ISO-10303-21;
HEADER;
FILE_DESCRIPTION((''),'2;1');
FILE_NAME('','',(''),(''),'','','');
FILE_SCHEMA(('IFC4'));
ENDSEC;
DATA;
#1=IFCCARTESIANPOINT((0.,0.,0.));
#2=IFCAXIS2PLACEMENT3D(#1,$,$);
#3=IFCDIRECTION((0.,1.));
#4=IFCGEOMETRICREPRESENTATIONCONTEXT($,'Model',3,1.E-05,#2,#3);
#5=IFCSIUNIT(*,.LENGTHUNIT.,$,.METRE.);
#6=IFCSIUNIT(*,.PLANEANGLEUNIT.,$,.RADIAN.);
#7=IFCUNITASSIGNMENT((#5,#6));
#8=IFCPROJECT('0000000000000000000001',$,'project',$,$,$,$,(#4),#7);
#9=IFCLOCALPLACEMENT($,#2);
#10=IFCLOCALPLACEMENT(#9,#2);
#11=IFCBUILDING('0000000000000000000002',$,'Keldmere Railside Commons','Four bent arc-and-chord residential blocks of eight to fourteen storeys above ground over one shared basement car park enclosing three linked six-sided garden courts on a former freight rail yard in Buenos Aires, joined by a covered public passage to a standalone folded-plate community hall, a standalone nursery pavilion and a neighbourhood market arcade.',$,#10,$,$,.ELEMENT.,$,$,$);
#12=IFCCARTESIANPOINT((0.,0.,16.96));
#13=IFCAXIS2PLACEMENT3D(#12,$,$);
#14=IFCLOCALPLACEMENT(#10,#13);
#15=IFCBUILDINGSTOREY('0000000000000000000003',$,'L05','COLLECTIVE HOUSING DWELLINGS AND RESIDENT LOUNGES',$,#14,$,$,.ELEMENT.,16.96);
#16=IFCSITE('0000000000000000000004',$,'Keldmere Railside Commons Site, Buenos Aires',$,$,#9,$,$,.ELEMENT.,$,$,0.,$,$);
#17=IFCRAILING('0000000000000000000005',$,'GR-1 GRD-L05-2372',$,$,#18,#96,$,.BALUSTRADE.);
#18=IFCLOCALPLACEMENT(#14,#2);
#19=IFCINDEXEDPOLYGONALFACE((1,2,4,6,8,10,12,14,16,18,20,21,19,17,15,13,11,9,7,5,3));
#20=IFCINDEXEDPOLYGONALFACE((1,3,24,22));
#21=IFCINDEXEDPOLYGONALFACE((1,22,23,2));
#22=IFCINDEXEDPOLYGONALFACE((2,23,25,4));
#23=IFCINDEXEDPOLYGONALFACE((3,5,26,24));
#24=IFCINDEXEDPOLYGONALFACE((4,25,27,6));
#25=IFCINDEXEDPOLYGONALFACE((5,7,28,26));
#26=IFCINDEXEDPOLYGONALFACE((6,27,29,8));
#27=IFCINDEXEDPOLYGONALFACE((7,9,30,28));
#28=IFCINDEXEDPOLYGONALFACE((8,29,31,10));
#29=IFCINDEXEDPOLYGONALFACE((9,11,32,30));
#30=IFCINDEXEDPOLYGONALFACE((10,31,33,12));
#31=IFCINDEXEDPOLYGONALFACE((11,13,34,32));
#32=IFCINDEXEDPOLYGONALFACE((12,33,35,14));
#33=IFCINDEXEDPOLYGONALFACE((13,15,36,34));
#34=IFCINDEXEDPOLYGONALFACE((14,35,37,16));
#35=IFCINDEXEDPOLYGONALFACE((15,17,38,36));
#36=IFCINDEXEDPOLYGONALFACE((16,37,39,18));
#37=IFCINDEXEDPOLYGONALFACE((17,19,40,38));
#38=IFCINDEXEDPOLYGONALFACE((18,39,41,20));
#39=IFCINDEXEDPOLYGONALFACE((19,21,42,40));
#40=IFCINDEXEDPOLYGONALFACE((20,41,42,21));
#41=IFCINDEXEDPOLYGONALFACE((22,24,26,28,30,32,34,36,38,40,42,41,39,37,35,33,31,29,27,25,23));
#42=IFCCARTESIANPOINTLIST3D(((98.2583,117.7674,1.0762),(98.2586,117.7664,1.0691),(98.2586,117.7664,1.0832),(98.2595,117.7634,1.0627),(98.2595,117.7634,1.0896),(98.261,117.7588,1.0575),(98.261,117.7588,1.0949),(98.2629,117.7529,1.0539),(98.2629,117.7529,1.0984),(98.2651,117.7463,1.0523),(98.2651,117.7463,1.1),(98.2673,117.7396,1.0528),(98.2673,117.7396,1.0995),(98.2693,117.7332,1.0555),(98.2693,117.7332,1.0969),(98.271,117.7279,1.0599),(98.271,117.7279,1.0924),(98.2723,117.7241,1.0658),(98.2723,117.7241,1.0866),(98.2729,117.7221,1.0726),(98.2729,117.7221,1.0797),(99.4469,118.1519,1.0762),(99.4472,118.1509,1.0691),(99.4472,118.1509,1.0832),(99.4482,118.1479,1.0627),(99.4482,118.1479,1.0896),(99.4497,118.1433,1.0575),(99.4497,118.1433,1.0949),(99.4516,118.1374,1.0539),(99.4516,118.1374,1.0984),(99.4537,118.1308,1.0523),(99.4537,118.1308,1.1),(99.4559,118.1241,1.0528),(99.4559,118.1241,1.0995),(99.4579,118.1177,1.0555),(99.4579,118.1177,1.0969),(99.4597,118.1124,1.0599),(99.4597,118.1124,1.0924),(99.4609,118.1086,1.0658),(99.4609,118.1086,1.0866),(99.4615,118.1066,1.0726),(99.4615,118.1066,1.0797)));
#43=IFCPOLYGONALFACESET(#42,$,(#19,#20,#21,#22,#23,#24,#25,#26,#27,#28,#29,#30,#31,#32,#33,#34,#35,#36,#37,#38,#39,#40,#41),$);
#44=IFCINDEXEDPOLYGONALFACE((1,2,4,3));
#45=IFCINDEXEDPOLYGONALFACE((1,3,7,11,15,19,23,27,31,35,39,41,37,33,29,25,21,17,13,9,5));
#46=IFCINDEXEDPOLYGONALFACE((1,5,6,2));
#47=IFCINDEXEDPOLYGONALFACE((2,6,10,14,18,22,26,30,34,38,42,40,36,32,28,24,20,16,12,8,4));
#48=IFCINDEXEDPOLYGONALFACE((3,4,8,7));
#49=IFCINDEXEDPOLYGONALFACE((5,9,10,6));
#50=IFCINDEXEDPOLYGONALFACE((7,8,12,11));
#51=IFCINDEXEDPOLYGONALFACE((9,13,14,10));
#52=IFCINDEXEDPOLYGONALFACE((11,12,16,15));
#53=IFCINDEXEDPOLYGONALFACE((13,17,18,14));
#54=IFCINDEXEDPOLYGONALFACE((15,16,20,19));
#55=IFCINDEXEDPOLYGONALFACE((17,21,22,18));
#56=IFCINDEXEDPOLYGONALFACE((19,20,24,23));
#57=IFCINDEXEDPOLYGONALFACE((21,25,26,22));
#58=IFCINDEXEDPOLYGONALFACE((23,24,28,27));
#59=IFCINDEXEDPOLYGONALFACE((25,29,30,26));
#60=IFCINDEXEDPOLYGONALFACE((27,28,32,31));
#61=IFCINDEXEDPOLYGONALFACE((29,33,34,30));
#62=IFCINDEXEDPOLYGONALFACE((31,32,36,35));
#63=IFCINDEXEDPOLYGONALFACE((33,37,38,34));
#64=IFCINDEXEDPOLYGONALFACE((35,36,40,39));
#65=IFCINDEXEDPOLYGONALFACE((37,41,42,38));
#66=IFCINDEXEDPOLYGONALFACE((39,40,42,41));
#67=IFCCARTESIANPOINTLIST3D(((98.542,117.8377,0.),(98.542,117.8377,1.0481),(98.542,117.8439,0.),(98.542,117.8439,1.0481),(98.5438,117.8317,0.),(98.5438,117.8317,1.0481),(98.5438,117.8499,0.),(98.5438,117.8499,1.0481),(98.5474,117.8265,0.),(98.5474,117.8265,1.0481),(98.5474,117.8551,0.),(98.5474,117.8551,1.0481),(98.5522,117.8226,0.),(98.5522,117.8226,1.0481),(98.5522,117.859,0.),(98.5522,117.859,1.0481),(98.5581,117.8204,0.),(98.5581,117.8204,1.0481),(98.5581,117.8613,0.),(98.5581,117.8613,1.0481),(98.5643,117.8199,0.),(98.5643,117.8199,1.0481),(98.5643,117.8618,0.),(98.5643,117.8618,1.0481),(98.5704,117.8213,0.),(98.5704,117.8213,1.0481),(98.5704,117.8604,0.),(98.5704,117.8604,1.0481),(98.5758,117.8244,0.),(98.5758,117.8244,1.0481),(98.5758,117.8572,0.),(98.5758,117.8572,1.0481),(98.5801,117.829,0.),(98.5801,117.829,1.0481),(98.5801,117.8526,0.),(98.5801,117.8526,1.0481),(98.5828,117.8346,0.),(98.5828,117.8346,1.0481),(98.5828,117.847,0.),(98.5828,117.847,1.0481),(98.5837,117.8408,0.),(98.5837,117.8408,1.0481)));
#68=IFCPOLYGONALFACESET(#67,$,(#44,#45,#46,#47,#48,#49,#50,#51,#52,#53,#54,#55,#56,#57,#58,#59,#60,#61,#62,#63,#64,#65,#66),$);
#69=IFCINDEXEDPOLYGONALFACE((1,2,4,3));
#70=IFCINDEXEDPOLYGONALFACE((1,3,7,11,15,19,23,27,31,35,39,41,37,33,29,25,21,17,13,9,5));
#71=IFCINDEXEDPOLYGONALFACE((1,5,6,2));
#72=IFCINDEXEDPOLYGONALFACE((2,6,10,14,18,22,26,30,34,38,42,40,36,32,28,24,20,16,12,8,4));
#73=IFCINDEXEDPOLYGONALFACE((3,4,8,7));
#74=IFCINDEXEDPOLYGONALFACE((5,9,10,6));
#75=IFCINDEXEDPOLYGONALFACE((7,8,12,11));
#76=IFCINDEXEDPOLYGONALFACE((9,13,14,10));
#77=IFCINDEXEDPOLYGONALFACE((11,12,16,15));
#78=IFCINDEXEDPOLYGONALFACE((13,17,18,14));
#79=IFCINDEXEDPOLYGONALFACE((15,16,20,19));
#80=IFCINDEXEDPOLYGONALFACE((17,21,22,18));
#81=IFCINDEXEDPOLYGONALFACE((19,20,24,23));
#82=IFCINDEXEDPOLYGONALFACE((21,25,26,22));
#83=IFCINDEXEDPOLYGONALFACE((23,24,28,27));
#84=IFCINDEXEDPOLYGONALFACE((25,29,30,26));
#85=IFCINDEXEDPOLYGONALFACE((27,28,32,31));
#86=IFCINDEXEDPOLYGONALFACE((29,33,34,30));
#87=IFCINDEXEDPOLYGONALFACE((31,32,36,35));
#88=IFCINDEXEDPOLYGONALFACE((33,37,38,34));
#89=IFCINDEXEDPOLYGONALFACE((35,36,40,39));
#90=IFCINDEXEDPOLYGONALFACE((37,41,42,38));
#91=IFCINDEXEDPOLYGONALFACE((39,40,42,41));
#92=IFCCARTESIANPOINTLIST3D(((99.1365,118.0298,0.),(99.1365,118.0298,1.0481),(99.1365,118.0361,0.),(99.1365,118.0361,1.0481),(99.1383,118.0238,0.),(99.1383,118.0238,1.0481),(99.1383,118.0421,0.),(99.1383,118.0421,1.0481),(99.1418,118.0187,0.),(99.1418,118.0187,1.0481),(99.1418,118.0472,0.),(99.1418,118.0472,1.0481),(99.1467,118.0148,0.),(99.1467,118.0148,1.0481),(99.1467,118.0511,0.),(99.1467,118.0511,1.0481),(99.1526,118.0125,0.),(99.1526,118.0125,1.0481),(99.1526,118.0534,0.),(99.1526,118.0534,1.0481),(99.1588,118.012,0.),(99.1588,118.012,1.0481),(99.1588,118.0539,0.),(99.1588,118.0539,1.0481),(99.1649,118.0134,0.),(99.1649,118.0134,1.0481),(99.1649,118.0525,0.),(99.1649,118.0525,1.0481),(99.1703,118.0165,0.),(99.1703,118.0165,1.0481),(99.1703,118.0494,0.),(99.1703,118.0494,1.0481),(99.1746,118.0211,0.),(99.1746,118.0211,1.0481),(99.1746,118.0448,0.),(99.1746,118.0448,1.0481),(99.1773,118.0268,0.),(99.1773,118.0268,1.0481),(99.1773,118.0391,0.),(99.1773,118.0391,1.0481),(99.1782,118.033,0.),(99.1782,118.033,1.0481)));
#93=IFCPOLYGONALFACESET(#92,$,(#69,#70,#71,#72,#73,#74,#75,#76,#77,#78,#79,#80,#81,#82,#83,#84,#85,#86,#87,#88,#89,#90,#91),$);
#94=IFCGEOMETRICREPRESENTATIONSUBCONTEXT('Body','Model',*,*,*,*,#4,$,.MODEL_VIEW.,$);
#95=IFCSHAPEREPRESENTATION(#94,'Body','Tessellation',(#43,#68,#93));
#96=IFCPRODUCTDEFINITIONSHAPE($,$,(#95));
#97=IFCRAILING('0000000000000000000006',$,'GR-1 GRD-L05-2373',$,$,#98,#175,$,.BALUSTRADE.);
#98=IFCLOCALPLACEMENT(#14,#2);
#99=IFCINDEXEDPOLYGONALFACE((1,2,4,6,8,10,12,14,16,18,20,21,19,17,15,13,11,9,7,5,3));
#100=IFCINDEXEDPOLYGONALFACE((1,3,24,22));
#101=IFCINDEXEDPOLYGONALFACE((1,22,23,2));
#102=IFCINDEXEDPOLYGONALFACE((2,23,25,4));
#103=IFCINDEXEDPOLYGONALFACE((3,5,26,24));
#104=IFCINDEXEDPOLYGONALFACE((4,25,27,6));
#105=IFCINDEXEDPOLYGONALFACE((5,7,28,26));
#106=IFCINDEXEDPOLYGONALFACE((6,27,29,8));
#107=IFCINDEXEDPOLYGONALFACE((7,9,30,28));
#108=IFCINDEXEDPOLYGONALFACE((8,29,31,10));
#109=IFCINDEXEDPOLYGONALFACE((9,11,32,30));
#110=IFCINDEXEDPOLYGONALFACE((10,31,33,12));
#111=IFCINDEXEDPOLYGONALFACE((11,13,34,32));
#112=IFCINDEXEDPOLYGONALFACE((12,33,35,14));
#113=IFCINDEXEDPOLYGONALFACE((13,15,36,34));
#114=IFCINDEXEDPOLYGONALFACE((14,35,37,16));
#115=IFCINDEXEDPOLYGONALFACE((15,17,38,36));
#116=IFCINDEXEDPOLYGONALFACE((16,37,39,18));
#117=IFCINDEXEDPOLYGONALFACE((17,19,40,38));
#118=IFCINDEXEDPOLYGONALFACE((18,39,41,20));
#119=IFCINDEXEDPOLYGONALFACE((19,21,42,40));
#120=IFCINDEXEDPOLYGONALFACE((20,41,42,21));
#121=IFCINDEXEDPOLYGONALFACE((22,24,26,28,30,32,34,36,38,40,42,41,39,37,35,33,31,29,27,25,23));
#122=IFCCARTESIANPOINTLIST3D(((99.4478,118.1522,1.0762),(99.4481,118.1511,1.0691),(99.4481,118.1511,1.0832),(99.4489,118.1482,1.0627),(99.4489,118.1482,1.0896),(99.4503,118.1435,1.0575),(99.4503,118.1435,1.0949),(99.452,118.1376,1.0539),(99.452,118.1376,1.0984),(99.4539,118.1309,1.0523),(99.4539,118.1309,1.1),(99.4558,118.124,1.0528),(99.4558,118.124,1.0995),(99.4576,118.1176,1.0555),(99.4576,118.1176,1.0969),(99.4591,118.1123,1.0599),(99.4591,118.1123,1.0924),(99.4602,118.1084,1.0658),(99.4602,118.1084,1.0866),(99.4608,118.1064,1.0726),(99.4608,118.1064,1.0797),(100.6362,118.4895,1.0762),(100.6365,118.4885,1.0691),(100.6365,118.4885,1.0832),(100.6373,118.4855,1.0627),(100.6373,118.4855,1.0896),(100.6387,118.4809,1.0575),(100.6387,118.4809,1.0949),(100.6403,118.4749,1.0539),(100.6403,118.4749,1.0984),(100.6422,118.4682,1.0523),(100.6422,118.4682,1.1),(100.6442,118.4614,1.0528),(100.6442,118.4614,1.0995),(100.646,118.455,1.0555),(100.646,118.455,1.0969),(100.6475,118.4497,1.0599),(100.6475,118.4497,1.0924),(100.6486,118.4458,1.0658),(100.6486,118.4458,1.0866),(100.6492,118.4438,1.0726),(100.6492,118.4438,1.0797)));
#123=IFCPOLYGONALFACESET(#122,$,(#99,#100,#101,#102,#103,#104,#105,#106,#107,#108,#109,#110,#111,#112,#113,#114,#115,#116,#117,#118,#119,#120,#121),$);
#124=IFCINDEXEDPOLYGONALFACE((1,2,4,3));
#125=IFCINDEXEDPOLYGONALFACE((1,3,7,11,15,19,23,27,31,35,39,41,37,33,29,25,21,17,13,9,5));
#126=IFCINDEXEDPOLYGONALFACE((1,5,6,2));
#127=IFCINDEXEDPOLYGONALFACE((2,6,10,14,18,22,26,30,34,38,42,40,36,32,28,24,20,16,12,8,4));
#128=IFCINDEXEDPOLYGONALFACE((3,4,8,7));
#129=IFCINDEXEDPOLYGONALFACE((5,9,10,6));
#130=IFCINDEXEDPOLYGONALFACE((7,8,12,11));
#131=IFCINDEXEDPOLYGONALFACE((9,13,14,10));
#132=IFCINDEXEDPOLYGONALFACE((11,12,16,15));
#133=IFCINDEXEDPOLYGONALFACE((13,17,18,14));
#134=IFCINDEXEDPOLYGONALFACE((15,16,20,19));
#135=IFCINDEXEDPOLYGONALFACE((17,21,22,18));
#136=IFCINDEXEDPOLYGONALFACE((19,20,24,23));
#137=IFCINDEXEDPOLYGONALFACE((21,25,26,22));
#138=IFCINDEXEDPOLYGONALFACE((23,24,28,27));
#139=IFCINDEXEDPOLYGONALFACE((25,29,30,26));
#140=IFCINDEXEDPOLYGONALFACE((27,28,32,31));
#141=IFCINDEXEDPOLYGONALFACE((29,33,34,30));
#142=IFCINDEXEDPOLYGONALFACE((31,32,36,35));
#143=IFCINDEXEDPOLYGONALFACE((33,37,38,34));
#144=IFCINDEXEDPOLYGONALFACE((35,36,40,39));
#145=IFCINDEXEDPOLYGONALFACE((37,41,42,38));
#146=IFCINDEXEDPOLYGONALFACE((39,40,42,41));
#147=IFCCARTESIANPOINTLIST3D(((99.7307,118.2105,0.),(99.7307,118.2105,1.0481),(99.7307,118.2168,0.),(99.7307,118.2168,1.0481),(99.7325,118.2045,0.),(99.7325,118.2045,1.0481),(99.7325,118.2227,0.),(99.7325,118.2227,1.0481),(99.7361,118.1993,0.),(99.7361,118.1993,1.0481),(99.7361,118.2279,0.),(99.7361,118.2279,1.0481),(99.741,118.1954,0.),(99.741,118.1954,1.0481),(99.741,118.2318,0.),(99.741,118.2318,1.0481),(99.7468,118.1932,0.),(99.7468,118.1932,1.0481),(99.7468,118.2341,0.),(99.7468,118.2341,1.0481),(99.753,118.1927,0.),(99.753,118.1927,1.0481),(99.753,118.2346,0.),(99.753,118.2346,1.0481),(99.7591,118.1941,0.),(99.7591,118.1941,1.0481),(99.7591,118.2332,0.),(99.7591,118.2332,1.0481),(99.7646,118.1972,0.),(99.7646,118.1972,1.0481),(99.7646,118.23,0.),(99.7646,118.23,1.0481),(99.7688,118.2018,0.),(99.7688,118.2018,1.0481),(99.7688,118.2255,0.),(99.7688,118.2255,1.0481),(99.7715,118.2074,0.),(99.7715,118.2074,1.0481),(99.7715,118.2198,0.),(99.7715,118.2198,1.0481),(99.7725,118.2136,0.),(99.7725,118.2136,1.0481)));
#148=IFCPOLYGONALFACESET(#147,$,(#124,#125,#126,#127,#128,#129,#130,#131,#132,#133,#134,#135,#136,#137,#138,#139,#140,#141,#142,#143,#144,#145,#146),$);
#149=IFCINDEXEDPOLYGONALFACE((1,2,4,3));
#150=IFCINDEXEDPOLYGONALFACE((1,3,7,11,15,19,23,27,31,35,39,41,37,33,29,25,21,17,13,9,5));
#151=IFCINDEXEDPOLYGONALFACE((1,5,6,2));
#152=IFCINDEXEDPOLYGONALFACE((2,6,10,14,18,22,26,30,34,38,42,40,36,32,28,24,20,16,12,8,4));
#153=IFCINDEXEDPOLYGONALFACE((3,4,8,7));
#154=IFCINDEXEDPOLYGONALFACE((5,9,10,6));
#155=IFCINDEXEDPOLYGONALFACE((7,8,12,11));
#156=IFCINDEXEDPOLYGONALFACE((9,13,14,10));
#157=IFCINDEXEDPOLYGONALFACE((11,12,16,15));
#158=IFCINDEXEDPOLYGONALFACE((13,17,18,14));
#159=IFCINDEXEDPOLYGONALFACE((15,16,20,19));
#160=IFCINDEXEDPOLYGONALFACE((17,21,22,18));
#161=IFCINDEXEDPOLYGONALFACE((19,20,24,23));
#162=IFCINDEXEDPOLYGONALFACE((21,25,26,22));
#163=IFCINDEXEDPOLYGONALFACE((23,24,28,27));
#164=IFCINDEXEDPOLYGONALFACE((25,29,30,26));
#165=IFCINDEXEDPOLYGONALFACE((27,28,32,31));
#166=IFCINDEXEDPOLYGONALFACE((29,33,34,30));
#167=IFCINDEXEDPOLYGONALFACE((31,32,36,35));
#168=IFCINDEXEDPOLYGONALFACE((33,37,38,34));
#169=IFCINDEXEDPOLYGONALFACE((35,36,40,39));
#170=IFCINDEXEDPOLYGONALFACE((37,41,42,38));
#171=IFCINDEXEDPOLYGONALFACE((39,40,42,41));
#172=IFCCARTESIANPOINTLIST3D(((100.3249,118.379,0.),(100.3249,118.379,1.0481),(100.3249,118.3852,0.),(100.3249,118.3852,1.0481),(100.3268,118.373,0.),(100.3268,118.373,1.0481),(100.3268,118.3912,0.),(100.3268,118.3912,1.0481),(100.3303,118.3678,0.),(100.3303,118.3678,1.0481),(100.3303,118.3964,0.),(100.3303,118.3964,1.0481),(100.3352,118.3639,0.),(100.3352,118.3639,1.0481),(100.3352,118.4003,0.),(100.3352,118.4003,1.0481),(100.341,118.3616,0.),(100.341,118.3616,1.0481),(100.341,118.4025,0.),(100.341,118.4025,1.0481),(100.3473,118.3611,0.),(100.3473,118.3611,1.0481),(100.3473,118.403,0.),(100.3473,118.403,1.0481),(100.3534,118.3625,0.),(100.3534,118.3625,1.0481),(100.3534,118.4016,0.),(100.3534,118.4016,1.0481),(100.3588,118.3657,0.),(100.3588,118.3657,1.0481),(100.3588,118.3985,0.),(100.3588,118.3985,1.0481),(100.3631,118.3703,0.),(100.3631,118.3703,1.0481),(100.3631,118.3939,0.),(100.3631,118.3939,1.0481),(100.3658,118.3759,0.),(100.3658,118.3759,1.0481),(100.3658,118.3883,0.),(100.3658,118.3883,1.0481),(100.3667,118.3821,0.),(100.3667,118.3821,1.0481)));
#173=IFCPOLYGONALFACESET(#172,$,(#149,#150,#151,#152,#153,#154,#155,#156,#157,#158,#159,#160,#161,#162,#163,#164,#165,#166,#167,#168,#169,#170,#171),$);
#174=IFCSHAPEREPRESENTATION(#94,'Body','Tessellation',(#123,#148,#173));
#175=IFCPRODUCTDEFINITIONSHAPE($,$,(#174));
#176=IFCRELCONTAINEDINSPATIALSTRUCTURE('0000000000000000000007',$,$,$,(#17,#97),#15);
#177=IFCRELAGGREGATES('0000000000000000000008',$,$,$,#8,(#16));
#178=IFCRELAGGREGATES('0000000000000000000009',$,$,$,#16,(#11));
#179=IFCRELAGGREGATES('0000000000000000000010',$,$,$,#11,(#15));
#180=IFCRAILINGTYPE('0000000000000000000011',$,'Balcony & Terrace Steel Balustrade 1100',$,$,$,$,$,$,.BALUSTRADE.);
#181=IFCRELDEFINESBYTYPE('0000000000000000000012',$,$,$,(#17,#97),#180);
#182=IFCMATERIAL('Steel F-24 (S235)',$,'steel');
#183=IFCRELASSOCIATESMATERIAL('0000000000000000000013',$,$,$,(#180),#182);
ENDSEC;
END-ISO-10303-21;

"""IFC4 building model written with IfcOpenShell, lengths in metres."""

from ifc_helpers import new_model, si_unit, direction, frame, origin, origin_2d, place, context, subcontext, project, spatial, circle, extrude, material, type_object, element, save


model = new_model("IFC4")

# Units and contexts
model_context = context("Model", 3, precision=1e-05, world=origin(), true_north=direction((0.0, 1.0)))
body_context = subcontext(model_context, "Body", "Model", "MODEL_VIEW")
ifc_project = project(units=[si_unit("LENGTHUNIT", "METRE"), si_unit("PLANEANGLEUNIT", "RADIAN")], contexts=[model_context])

# Site, building, storey
site_placement = place(None, origin())
site = spatial("IfcSite", under=ifc_project, at=site_placement, Name="Keldmere Railside Commons Site, Buenos Aires", CompositionType="ELEMENT", RefElevation=0.0)
building_placement = place(site_placement, origin())
building = spatial("IfcBuilding", under=site, at=building_placement, Name="Keldmere Railside Commons", Description="Four bent arc-and-chord residential blocks of eight to fourteen storeys above ground over one shared basement car park enclosing three linked six-sided garden courts on a former freight rail yard in Buenos Aires, joined by a covered public passage to a standalone folded-plate community hall, a standalone nursery pavilion and a neighbourhood market arcade.", CompositionType="ELEMENT")
storey_placement = place(building_placement, frame((0.0, 0.0, 16.96)))
storey = spatial("IfcBuildingStorey", under=building, at=storey_placement, Name="L05", Description="COLLECTIVE HOUSING DWELLINGS AND RESIDENT LOUNGES", CompositionType="ELEMENT", Elevation=16.96)

# Railings
ifc_material_1 = material(Name="Steel F-24 (S235)", Category="steel")
railing_type = type_object("IfcRailingType", Name="Balcony & Terrace Steel Balustrade 1100", PredefinedType="BALUSTRADE", material=ifc_material_1)
railing_1_placement = place(storey_placement, frame((98.2656, 117.7446, 0.0)))
element("IfcRailing", 1, at=railing_1_placement, inside=storey, type_object=railing_type, Name="GR-1 GRD-L05-2372", PredefinedType="BALUSTRADE", context=body_context, shape_type="SweptSolid", body=[
    extrude(circle(Radius=0.0239, at=origin_2d()), frame((0.0, 0.0, 1.0762), z_axis=(0.95146, 0.307773, 0.0), x_axis=(-0.307773, 0.95146, 0.0)), (0.0, 0.0, 1.0), 1.2493),
    extrude(circle(Radius=0.021, at=origin_2d()), frame((0.2971, 0.0962, 0.0)), (0.0, 0.0, 1.0), 1.0481),
    extrude(circle(Radius=0.021, at=origin_2d()), frame((0.8916, 0.2883, 0.0)), (0.0, 0.0, 1.0), 1.0481),
])
railing_2_placement = place(storey_placement, frame((99.4543, 118.1292, 0.0)))
element("IfcRailing", 2, at=railing_2_placement, inside=storey, type_object=railing_type, Name="GR-1 GRD-L05-2373", PredefinedType="BALUSTRADE", context=body_context, shape_type="SweptSolid", body=[
    extrude(circle(Radius=0.0239, at=origin_2d()), frame((0.0, 0.0, 1.0762), z_axis=(0.961985, 0.273103, 0.0), x_axis=(-0.273103, 0.961985, 0.0)), (0.0, 0.0, 1.0), 1.2354),
    extrude(circle(Radius=0.021, at=origin_2d()), frame((0.2971, 0.0845, 0.0)), (0.0, 0.0, 1.0), 1.0481),
    extrude(circle(Radius=0.021, at=origin_2d()), frame((0.8914, 0.2529, 0.0)), (0.0, 0.0, 1.0), 1.0481),
])

save(model, "model.ifc")
